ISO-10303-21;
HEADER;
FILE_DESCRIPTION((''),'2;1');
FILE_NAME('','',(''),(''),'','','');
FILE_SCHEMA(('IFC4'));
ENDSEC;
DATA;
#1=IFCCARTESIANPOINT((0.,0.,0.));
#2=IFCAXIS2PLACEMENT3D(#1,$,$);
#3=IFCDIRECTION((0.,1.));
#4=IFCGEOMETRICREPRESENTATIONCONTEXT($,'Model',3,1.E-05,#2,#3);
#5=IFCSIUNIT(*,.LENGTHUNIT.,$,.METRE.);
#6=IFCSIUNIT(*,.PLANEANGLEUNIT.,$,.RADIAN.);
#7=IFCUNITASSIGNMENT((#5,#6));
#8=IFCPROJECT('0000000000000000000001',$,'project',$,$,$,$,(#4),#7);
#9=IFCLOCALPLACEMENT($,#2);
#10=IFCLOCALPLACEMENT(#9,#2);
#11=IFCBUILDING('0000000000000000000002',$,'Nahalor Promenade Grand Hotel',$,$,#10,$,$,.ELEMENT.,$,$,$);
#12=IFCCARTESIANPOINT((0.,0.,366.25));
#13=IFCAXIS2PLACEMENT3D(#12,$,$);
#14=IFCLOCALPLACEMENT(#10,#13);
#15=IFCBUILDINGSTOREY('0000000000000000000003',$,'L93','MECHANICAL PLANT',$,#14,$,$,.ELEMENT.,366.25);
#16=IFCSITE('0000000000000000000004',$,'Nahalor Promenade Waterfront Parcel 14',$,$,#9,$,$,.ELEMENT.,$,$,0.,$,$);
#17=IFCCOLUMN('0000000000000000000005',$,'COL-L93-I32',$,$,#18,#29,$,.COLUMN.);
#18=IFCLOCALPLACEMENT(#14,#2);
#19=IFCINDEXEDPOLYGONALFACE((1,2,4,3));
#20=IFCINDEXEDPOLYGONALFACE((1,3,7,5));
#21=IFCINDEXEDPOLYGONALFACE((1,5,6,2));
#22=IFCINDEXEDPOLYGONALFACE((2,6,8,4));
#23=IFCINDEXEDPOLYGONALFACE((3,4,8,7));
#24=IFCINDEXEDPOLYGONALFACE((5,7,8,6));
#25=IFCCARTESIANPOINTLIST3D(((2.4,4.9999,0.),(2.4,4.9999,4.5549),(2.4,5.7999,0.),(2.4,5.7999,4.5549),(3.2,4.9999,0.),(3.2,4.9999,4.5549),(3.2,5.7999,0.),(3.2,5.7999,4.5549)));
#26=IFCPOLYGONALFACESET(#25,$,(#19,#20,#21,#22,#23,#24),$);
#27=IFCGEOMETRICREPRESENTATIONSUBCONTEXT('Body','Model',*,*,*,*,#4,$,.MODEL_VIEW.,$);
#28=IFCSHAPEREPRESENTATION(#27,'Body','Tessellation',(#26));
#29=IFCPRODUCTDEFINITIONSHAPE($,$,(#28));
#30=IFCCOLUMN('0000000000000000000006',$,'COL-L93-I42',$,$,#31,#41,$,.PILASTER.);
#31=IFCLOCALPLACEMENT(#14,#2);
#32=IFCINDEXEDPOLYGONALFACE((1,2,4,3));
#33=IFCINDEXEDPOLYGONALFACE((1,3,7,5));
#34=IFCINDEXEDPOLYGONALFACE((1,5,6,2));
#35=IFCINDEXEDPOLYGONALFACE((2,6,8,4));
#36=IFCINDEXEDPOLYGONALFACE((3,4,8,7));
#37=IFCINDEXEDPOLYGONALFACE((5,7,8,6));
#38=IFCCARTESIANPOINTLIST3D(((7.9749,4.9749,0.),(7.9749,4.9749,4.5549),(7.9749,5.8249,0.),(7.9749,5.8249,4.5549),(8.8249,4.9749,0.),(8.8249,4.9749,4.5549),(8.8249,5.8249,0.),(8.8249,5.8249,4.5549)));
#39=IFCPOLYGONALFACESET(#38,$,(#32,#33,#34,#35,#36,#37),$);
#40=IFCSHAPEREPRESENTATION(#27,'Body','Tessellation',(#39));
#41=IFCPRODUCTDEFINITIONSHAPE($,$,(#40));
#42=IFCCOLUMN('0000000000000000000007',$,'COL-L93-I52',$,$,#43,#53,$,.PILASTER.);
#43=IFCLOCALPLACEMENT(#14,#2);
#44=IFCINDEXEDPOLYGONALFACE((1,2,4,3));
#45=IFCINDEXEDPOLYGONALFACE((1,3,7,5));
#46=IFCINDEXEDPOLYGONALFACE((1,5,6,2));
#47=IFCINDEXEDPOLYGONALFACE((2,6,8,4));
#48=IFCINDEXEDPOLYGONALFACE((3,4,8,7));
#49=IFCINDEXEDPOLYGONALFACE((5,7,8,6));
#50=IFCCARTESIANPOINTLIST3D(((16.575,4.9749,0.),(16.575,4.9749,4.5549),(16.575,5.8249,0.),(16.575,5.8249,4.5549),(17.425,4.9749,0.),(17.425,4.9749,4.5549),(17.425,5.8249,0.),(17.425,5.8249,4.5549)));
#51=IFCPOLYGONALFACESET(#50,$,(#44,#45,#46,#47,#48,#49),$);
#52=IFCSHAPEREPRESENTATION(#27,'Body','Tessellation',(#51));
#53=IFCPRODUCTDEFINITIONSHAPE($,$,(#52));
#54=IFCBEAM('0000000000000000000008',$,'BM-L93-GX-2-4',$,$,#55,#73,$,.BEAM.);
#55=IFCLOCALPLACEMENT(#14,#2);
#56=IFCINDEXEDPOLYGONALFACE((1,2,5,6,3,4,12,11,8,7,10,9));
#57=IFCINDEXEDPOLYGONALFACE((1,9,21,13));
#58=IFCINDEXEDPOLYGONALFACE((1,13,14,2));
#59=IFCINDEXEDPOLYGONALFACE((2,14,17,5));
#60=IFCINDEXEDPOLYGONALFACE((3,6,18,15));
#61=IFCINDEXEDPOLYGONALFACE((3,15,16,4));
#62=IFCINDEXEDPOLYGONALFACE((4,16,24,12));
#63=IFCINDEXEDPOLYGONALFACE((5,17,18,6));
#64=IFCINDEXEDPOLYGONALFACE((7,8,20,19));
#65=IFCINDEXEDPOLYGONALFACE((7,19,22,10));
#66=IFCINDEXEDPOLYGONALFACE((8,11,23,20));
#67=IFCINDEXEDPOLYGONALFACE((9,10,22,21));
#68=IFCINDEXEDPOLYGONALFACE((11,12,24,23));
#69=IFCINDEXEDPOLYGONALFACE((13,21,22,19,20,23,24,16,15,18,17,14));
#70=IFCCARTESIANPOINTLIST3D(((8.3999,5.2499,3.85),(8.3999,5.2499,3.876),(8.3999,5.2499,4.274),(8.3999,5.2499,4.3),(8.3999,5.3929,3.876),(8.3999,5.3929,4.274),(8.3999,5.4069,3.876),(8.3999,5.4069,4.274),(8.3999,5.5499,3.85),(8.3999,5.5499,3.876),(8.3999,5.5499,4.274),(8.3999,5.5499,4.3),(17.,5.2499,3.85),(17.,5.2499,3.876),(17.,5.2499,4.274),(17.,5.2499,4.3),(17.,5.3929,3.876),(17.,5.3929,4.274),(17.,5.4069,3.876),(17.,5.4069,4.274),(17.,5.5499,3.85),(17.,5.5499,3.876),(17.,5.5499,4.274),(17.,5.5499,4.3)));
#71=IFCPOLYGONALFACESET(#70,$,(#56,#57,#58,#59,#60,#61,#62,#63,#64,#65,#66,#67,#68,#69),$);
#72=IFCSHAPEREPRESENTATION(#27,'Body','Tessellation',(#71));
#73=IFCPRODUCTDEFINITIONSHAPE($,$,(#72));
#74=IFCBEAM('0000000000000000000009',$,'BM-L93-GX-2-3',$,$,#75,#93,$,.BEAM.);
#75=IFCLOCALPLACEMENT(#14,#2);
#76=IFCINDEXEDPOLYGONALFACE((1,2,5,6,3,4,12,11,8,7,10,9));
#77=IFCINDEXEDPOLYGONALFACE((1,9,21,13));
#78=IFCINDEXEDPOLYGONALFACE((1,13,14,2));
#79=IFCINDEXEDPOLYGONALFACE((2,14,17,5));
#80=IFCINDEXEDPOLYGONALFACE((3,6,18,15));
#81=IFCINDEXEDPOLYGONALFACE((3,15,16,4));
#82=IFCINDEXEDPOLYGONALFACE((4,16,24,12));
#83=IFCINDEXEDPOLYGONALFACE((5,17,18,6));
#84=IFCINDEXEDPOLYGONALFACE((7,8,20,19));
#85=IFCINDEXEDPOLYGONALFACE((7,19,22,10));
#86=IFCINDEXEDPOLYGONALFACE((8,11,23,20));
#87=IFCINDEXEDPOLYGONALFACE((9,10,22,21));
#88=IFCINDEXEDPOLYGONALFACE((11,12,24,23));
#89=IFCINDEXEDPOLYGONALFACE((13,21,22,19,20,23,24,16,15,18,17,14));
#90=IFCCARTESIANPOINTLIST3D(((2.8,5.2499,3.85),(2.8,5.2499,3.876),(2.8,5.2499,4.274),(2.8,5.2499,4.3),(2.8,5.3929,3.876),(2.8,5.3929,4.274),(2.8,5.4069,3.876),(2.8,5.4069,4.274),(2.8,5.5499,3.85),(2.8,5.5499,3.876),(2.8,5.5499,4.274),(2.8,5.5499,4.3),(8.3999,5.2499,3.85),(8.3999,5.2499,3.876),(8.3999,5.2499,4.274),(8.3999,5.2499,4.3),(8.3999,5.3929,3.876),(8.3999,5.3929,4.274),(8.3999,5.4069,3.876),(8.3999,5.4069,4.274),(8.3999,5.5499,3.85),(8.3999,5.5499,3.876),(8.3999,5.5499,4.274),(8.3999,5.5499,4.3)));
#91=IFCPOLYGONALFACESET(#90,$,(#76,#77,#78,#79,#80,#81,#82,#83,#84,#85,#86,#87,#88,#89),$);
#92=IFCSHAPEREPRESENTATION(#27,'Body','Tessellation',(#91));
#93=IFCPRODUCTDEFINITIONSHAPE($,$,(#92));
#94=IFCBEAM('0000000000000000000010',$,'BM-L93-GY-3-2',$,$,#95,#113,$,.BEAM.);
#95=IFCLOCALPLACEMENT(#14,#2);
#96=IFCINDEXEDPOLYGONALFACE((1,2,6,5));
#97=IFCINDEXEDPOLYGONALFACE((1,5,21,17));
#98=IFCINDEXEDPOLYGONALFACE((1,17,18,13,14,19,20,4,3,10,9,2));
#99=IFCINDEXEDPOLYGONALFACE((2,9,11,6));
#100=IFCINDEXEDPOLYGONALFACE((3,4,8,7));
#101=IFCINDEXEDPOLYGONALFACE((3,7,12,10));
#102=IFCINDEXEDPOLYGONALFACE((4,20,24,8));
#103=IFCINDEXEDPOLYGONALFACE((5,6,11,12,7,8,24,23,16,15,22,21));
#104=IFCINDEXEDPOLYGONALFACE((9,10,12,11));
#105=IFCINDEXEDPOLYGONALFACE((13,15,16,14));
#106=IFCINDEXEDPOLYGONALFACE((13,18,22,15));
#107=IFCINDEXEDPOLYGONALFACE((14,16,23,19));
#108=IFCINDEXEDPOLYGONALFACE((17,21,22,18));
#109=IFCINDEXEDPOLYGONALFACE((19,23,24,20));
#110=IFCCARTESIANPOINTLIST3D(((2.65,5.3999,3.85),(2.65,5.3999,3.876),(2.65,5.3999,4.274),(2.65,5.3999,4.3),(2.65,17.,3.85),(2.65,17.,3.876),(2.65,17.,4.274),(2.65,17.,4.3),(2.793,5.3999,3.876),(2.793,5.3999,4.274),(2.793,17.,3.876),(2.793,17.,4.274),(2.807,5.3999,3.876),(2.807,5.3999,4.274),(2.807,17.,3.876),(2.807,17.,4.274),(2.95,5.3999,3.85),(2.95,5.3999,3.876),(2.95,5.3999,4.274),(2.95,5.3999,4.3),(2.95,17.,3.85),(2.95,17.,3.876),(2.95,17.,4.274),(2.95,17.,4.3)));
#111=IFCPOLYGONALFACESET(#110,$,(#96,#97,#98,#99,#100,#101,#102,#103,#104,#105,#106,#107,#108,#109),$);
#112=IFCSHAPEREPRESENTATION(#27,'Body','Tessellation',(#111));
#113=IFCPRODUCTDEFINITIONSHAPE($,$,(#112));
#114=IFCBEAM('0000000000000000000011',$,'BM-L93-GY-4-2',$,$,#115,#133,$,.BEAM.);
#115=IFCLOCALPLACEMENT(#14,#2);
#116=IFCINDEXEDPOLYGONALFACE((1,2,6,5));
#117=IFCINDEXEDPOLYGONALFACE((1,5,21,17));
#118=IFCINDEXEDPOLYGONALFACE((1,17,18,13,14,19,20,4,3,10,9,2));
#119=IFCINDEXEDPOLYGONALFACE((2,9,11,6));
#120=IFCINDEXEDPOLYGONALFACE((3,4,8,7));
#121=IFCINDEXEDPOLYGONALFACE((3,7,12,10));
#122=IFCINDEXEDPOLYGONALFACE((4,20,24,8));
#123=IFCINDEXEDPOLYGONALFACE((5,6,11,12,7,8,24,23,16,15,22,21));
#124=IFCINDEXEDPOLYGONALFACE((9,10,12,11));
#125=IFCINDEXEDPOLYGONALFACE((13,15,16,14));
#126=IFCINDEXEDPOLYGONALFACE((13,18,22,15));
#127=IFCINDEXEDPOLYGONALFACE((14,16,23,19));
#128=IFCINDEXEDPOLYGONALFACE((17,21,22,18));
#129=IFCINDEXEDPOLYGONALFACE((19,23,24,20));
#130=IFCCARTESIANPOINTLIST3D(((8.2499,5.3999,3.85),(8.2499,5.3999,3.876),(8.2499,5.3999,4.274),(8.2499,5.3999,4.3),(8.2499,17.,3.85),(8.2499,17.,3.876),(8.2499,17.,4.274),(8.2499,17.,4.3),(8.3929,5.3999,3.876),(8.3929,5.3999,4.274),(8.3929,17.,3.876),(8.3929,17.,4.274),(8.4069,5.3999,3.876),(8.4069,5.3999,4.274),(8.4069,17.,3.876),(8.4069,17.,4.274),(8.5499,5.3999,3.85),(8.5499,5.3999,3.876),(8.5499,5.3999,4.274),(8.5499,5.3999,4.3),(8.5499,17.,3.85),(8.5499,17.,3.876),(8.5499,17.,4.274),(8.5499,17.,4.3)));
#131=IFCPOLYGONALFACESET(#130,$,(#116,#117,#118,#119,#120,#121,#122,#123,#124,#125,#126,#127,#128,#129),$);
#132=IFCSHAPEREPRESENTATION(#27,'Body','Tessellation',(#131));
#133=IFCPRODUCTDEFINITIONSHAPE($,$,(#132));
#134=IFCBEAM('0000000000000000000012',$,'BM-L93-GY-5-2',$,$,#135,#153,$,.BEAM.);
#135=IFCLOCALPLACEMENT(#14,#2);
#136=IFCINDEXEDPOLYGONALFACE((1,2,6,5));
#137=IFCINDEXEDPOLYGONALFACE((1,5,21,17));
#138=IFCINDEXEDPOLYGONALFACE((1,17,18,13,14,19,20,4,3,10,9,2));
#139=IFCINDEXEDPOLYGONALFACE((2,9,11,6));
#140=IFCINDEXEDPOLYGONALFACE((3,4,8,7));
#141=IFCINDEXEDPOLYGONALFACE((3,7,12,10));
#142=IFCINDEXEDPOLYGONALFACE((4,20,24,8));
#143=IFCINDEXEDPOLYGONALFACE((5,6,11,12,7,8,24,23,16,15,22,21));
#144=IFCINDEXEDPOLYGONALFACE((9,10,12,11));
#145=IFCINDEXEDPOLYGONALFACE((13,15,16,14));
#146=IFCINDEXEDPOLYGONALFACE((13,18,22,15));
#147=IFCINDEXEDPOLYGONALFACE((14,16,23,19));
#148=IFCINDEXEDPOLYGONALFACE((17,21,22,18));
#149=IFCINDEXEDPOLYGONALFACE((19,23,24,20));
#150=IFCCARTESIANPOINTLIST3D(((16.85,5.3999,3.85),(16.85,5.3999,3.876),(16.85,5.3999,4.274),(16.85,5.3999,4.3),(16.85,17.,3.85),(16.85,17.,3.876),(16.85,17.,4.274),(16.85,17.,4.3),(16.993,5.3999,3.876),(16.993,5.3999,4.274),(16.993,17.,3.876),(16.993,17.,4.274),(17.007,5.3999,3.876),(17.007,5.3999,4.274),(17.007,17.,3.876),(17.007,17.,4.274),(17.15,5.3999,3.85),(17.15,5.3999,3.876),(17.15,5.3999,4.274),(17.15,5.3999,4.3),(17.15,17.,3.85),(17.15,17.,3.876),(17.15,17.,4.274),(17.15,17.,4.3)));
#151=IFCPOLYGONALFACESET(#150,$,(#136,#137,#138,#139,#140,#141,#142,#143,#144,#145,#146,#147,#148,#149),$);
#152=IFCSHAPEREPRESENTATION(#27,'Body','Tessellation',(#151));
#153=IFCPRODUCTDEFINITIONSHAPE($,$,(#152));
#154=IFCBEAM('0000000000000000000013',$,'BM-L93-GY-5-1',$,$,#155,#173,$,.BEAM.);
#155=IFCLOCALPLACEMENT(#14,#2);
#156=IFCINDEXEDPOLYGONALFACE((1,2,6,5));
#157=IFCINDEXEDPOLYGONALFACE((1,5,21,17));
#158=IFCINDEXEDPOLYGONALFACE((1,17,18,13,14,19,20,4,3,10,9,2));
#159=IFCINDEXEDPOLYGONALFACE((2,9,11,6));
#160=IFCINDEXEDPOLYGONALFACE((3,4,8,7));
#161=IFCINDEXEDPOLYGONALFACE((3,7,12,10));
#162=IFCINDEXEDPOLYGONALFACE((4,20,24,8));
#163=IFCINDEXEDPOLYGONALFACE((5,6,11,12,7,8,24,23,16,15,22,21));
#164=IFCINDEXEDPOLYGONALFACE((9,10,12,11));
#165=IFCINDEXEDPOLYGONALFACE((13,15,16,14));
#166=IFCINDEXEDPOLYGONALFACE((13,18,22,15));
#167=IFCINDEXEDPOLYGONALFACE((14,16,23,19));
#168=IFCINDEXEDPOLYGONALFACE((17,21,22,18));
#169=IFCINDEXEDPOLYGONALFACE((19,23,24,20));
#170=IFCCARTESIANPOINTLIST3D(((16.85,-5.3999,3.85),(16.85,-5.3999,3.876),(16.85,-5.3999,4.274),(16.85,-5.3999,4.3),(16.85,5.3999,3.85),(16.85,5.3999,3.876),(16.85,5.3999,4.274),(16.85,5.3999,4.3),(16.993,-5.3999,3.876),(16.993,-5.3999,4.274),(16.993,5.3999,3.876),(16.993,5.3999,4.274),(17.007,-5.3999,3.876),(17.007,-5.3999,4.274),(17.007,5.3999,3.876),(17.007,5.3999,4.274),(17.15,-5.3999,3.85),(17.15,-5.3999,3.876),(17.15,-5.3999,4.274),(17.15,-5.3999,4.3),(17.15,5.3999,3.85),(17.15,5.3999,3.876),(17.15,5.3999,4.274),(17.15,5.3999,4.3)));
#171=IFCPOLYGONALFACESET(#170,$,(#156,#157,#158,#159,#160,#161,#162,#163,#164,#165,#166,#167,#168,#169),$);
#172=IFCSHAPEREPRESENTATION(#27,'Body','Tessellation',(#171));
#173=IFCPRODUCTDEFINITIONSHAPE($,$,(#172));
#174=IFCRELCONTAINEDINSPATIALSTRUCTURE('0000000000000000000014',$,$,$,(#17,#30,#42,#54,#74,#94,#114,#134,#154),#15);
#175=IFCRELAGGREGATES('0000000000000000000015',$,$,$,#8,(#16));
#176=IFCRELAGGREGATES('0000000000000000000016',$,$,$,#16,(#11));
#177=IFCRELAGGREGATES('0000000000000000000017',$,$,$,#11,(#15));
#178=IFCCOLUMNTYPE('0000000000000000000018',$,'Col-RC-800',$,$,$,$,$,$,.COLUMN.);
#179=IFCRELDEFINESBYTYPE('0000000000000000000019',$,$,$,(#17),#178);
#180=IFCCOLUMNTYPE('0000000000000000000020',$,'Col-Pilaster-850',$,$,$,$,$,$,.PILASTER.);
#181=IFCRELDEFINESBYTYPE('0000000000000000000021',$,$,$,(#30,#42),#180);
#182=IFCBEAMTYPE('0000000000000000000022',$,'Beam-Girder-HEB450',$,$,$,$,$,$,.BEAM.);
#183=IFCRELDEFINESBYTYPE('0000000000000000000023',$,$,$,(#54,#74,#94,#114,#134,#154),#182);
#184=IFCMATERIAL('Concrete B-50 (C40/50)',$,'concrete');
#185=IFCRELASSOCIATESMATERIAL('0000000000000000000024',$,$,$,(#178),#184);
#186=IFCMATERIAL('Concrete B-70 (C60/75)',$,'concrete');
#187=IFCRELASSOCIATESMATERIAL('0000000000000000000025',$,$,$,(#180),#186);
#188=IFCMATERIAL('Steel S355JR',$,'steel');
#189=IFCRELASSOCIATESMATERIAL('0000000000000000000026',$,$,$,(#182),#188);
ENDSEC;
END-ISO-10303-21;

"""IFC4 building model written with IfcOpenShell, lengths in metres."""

from ifc_helpers import new_model, si_unit, direction, frame, origin, origin_2d, place, context, subcontext, project, spatial, rectangle, i_section, extrude, source, transform, mapped, material, material_profile, profile_set, type_object, element, save


model = new_model("IFC4")

# Units and contexts
model_context = context("Model", 3, precision=1e-05, world=origin(), true_north=direction((0.0, 1.0)))
body_context = subcontext(model_context, "Body", "Model", "MODEL_VIEW")
ifc_project = project(units=[si_unit("LENGTHUNIT", "METRE"), si_unit("PLANEANGLEUNIT", "RADIAN")], contexts=[model_context])

# Site, building, storey
site_placement = place(None, origin())
site = spatial("IfcSite", under=ifc_project, at=site_placement, Name="Nahalor Promenade Waterfront Parcel 14", CompositionType="ELEMENT", RefElevation=0.0)
building_placement = place(site_placement, origin())
building = spatial("IfcBuilding", under=site, at=building_placement, Name="Nahalor Promenade Grand Hotel", CompositionType="ELEMENT")
storey_placement = place(building_placement, frame((0.0, 0.0, 366.25)))
storey = spatial("IfcBuildingStorey", under=building, at=storey_placement, Name="L93", Description="MECHANICAL PLANT", CompositionType="ELEMENT", Elevation=366.25)

# Columns
ifc_material_1 = material(Name="Concrete B-50 (C40/50)", Category="concrete")
ifc_material_profile_1 = material_profile(ifc_material_1, rectangle(XDim=0.8, YDim=0.8, at=origin_2d()), Name="RC 800x800")
ifc_profile_set_1 = profile_set([ifc_material_profile_1], Name="Concrete B-50 (C40/50)")
column_type_1 = type_object("IfcColumnType", Name="Col-RC-800", PredefinedType="COLUMN", material=ifc_profile_set_1)
shared_shape_1 = source(origin(), body_context, "Body", "SweptSolid", [
    extrude(rectangle(XDim=0.8, YDim=0.8, at=origin_2d()), origin(), (0.0, 0.0, 1.0), 4.5549),
])
column_placement = place(storey_placement, frame((2.8, 5.3999, 0.0), z_axis=(0.0, 0.0, 1.0), x_axis=(1.0, 0.0, 0.0)))
element("IfcColumn", 1, at=column_placement, inside=storey, type_object=column_type_1, Name="COL-L93-I32", PredefinedType="COLUMN", context=body_context, shape_type="MappedRepresentation", body=[
    mapped(shared_shape_1, transform((0.0, 0.0, 0.0), scale=1.0)),
])
ifc_material_2 = material(Name="Concrete B-70 (C60/75)", Category="concrete")
ifc_material_profile_2 = material_profile(ifc_material_2, rectangle(XDim=0.85, YDim=0.85, at=origin_2d()), Name="RC 850x850")
ifc_profile_set_2 = profile_set([ifc_material_profile_2], Name="Concrete B-70 (C60/75)")
column_type_2 = type_object("IfcColumnType", Name="Col-Pilaster-850", PredefinedType="PILASTER", material=ifc_profile_set_2)
shared_shape_2 = source(origin(), body_context, "Body", "SweptSolid", [
    extrude(rectangle(XDim=0.85, YDim=0.85, at=origin_2d()), origin(), (0.0, 0.0, 1.0), 4.5549),
])
for number, where, z_axis, x_axis, name in (
    (2, (8.3999, 5.3999, 0.0), (0.0, 0.0, 1.0), (1.0, 0.0, 0.0), "COL-L93-I42"),
    (3, (17.0, 5.3999, 0.0), (0.0, 0.0, 1.0), (1.0, 0.0, 0.0), "COL-L93-I52"),
):
    element("IfcColumn", number, at=place(storey_placement, frame(where, z_axis=z_axis, x_axis=x_axis)), inside=storey, type_object=column_type_2, Name=name, PredefinedType="PILASTER", context=body_context, shape_type="MappedRepresentation", body=[
        mapped(shared_shape_2, transform((0.0, 0.0, 0.0), scale=1.0)),
    ])

# Beams
ifc_material_3 = material(Name="Steel S355JR", Category="steel")
ifc_material_profile_3 = material_profile(ifc_material_3, i_section(OverallWidth=0.3, OverallDepth=0.45, WebThickness=0.014, FlangeThickness=0.026, at=origin_2d()), Name="HEB 450")
ifc_profile_set_3 = profile_set([ifc_material_profile_3], Name="Steel S355JR")
beam_type = type_object("IfcBeamType", Name="Beam-Girder-HEB450", PredefinedType="BEAM", material=ifc_profile_set_3)
shared_shape_3 = source(origin(), body_context, "Body", "SweptSolid", [
    extrude(i_section(OverallWidth=0.3, OverallDepth=0.45, WebThickness=0.014, FlangeThickness=0.026, at=origin_2d()), origin(), (0.0, 0.0, 1.0), 8.6001),
])
beam_1_placement = place(storey_placement, frame((8.3999, 5.3999, 4.075), z_axis=(1.0, 0.0, 0.0), x_axis=(0.0, 1.0, 0.0)))
element("IfcBeam", 4, at=beam_1_placement, inside=storey, type_object=beam_type, Name="BM-L93-GX-2-4", PredefinedType="BEAM", context=body_context, shape_type="MappedRepresentation", body=[
    mapped(shared_shape_3, transform((0.0, 0.0, 0.0), scale=1.0)),
])
shared_shape_4 = source(origin(), body_context, "Body", "SweptSolid", [
    extrude(i_section(OverallWidth=0.3, OverallDepth=0.45, WebThickness=0.014, FlangeThickness=0.026, at=origin_2d()), origin(), (0.0, 0.0, 1.0), 5.5999),
])
beam_2_placement = place(storey_placement, frame((2.8, 5.3999, 4.075), z_axis=(1.0, 0.0, 0.0), x_axis=(0.0, 1.0, 0.0)))
element("IfcBeam", 5, at=beam_2_placement, inside=storey, type_object=beam_type, Name="BM-L93-GX-2-3", PredefinedType="BEAM", context=body_context, shape_type="MappedRepresentation", body=[
    mapped(shared_shape_4, transform((0.0, 0.0, 0.0), scale=1.0)),
])
shared_shape_5 = source(origin(), body_context, "Body", "SweptSolid", [
    extrude(i_section(OverallWidth=0.3, OverallDepth=0.45, WebThickness=0.014, FlangeThickness=0.026, at=origin_2d()), origin(), (0.0, 0.0, 1.0), 11.6001),
])
for number, where, z_axis, x_axis, name in (
    (6, (2.8, 5.3999, 4.075), (0.0, 1.0, 0.0), (-1.0, 0.0, 0.0), "BM-L93-GY-3-2"),
    (7, (8.3999, 5.3999, 4.075), (0.0, 1.0, 0.0), (-1.0, 0.0, 0.0), "BM-L93-GY-4-2"),
    (8, (17.0, 5.3999, 4.075), (0.0, 1.0, 0.0), (-1.0, 0.0, 0.0), "BM-L93-GY-5-2"),
):
    element("IfcBeam", number, at=place(storey_placement, frame(where, z_axis=z_axis, x_axis=x_axis)), inside=storey, type_object=beam_type, Name=name, PredefinedType="BEAM", context=body_context, shape_type="MappedRepresentation", body=[
        mapped(shared_shape_5, transform((0.0, 0.0, 0.0), scale=1.0)),
    ])
shared_shape_6 = source(origin(), body_context, "Body", "SweptSolid", [
    extrude(i_section(OverallWidth=0.3, OverallDepth=0.45, WebThickness=0.014, FlangeThickness=0.026, at=origin_2d()), origin(), (0.0, 0.0, 1.0), 10.7998),
])
beam_3_placement = place(storey_placement, frame((17.0, -5.3999, 4.075), z_axis=(0.0, 1.0, 0.0), x_axis=(-1.0, 0.0, 0.0)))
element("IfcBeam", 9, at=beam_3_placement, inside=storey, type_object=beam_type, Name="BM-L93-GY-5-1", PredefinedType="BEAM", context=body_context, shape_type="MappedRepresentation", body=[
    mapped(shared_shape_6, transform((0.0, 0.0, 0.0), scale=1.0)),
])

save(model, "model.ifc")
